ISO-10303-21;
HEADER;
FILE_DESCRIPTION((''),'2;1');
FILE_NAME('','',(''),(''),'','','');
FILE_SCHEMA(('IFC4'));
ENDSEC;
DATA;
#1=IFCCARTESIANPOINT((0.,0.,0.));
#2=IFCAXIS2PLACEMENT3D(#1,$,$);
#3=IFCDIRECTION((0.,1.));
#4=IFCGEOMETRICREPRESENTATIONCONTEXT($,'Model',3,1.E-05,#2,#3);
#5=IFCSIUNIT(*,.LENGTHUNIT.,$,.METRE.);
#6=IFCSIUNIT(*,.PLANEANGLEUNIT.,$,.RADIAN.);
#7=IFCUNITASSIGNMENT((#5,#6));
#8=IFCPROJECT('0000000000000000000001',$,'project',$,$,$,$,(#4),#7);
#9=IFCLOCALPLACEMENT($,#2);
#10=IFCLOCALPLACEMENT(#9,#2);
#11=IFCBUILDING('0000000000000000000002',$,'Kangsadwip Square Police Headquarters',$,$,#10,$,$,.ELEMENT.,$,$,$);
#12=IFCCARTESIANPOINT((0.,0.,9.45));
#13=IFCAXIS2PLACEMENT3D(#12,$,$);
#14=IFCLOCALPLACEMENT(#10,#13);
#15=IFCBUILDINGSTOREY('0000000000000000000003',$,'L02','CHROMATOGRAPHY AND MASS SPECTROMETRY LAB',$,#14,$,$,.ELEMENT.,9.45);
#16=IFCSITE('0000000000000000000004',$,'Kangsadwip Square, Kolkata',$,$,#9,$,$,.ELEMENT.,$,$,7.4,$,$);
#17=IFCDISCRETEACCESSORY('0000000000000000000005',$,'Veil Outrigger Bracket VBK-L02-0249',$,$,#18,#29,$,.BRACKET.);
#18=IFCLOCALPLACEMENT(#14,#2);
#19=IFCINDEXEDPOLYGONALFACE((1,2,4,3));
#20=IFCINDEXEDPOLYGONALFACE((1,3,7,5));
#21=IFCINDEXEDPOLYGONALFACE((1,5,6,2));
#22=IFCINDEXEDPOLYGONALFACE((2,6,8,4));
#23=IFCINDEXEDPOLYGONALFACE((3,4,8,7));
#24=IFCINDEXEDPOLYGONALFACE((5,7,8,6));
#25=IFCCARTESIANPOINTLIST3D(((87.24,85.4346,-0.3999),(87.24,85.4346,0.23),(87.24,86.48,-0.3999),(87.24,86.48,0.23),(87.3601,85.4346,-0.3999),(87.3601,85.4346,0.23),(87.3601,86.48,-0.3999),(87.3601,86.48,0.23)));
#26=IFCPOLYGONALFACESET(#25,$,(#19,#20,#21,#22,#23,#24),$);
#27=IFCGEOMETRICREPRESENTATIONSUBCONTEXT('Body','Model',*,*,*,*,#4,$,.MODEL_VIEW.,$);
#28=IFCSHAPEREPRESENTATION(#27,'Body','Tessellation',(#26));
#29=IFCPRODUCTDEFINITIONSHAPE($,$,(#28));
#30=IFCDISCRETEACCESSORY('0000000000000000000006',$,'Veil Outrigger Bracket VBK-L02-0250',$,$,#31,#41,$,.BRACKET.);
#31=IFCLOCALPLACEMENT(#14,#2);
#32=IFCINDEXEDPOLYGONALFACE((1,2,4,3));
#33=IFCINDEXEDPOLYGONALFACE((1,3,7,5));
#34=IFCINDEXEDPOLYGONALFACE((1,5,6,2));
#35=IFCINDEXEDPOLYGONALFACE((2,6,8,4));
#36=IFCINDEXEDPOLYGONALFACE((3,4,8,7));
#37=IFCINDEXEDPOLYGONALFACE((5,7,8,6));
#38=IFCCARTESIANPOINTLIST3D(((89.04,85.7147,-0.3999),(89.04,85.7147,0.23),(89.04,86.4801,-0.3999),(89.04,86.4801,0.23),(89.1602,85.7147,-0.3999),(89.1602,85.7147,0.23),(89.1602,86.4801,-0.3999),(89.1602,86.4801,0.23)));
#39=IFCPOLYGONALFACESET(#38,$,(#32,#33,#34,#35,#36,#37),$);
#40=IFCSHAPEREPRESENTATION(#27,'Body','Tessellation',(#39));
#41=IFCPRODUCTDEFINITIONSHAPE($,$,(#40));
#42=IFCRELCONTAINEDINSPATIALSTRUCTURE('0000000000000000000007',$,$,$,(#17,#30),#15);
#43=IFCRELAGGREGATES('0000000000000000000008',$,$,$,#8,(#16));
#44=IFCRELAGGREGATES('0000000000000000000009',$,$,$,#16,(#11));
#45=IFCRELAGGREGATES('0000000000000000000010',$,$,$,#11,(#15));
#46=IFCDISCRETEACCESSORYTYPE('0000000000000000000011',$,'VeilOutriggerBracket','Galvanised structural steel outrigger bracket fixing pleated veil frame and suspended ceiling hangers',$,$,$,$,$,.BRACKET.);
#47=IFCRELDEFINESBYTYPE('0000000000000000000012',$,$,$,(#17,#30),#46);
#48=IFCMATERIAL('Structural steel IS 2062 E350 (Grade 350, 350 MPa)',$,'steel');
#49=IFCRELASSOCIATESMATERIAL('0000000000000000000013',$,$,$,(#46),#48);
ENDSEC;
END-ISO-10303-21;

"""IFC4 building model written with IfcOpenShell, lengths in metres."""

from ifc_helpers import new_model, si_unit, direction, frame, origin, origin_2d, place, context, subcontext, project, spatial, rectangle, extrude, material, type_object, element, save


model = new_model("IFC4")

# Units and contexts
model_context = context("Model", 3, precision=1e-05, world=origin(), true_north=direction((0.0, 1.0)))
body_context = subcontext(model_context, "Body", "Model", "MODEL_VIEW")
ifc_project = project(units=[si_unit("LENGTHUNIT", "METRE"), si_unit("PLANEANGLEUNIT", "RADIAN")], contexts=[model_context])

# Site, building, storey
site_placement = place(None, origin())
site = spatial("IfcSite", under=ifc_project, at=site_placement, Name="Kangsadwip Square, Kolkata", CompositionType="ELEMENT", RefElevation=7.4)
building_placement = place(site_placement, origin())
building = spatial("IfcBuilding", under=site, at=building_placement, Name="Kangsadwip Square Police Headquarters", CompositionType="ELEMENT")
storey_placement = place(building_placement, frame((0.0, 0.0, 9.45)))
storey = spatial("IfcBuildingStorey", under=building, at=storey_placement, Name="L02", Description="CHROMATOGRAPHY AND MASS SPECTROMETRY LAB", CompositionType="ELEMENT", Elevation=9.45)

# Discrete accessories
ifc_material_1 = material(Name="Structural steel IS 2062 E350 (Grade 350, 350 MPa)", Category="steel")
discrete_accessory_type = type_object("IfcDiscreteAccessoryType", Name="VeilOutriggerBracket", Description="Galvanised structural steel outrigger bracket fixing pleated veil frame and suspended ceiling hangers", PredefinedType="BRACKET", material=ifc_material_1)
discrete_accessory_1_placement = place(storey_placement, frame((87.3, 85.9573, -0.3999), z_axis=(0.0, 0.0, 1.0), x_axis=(1.0, 0.0, 0.0)))
element("IfcDiscreteAccessory", 1, at=discrete_accessory_1_placement, inside=storey, type_object=discrete_accessory_type, Name="Veil Outrigger Bracket VBK-L02-0249", PredefinedType="BRACKET", context=body_context, shape_type="SweptSolid", body=[
    extrude(rectangle(XDim=0.1201, YDim=1.0454, at=origin_2d()), origin(), (0.0, 0.0, 1.0), 0.6299),
])
discrete_accessory_2_placement = place(storey_placement, frame((89.1001, 86.0974, -0.3999), z_axis=(0.0, 0.0, 1.0), x_axis=(1.0, 0.0, 0.0)))
element("IfcDiscreteAccessory", 2, at=discrete_accessory_2_placement, inside=storey, type_object=discrete_accessory_type, Name="Veil Outrigger Bracket VBK-L02-0250", PredefinedType="BRACKET", context=body_context, shape_type="SweptSolid", body=[
    extrude(rectangle(XDim=0.1201, YDim=0.7654, at=origin_2d()), origin(), (0.0, 0.0, 1.0), 0.6299),
])

save(model, "model.ifc")
